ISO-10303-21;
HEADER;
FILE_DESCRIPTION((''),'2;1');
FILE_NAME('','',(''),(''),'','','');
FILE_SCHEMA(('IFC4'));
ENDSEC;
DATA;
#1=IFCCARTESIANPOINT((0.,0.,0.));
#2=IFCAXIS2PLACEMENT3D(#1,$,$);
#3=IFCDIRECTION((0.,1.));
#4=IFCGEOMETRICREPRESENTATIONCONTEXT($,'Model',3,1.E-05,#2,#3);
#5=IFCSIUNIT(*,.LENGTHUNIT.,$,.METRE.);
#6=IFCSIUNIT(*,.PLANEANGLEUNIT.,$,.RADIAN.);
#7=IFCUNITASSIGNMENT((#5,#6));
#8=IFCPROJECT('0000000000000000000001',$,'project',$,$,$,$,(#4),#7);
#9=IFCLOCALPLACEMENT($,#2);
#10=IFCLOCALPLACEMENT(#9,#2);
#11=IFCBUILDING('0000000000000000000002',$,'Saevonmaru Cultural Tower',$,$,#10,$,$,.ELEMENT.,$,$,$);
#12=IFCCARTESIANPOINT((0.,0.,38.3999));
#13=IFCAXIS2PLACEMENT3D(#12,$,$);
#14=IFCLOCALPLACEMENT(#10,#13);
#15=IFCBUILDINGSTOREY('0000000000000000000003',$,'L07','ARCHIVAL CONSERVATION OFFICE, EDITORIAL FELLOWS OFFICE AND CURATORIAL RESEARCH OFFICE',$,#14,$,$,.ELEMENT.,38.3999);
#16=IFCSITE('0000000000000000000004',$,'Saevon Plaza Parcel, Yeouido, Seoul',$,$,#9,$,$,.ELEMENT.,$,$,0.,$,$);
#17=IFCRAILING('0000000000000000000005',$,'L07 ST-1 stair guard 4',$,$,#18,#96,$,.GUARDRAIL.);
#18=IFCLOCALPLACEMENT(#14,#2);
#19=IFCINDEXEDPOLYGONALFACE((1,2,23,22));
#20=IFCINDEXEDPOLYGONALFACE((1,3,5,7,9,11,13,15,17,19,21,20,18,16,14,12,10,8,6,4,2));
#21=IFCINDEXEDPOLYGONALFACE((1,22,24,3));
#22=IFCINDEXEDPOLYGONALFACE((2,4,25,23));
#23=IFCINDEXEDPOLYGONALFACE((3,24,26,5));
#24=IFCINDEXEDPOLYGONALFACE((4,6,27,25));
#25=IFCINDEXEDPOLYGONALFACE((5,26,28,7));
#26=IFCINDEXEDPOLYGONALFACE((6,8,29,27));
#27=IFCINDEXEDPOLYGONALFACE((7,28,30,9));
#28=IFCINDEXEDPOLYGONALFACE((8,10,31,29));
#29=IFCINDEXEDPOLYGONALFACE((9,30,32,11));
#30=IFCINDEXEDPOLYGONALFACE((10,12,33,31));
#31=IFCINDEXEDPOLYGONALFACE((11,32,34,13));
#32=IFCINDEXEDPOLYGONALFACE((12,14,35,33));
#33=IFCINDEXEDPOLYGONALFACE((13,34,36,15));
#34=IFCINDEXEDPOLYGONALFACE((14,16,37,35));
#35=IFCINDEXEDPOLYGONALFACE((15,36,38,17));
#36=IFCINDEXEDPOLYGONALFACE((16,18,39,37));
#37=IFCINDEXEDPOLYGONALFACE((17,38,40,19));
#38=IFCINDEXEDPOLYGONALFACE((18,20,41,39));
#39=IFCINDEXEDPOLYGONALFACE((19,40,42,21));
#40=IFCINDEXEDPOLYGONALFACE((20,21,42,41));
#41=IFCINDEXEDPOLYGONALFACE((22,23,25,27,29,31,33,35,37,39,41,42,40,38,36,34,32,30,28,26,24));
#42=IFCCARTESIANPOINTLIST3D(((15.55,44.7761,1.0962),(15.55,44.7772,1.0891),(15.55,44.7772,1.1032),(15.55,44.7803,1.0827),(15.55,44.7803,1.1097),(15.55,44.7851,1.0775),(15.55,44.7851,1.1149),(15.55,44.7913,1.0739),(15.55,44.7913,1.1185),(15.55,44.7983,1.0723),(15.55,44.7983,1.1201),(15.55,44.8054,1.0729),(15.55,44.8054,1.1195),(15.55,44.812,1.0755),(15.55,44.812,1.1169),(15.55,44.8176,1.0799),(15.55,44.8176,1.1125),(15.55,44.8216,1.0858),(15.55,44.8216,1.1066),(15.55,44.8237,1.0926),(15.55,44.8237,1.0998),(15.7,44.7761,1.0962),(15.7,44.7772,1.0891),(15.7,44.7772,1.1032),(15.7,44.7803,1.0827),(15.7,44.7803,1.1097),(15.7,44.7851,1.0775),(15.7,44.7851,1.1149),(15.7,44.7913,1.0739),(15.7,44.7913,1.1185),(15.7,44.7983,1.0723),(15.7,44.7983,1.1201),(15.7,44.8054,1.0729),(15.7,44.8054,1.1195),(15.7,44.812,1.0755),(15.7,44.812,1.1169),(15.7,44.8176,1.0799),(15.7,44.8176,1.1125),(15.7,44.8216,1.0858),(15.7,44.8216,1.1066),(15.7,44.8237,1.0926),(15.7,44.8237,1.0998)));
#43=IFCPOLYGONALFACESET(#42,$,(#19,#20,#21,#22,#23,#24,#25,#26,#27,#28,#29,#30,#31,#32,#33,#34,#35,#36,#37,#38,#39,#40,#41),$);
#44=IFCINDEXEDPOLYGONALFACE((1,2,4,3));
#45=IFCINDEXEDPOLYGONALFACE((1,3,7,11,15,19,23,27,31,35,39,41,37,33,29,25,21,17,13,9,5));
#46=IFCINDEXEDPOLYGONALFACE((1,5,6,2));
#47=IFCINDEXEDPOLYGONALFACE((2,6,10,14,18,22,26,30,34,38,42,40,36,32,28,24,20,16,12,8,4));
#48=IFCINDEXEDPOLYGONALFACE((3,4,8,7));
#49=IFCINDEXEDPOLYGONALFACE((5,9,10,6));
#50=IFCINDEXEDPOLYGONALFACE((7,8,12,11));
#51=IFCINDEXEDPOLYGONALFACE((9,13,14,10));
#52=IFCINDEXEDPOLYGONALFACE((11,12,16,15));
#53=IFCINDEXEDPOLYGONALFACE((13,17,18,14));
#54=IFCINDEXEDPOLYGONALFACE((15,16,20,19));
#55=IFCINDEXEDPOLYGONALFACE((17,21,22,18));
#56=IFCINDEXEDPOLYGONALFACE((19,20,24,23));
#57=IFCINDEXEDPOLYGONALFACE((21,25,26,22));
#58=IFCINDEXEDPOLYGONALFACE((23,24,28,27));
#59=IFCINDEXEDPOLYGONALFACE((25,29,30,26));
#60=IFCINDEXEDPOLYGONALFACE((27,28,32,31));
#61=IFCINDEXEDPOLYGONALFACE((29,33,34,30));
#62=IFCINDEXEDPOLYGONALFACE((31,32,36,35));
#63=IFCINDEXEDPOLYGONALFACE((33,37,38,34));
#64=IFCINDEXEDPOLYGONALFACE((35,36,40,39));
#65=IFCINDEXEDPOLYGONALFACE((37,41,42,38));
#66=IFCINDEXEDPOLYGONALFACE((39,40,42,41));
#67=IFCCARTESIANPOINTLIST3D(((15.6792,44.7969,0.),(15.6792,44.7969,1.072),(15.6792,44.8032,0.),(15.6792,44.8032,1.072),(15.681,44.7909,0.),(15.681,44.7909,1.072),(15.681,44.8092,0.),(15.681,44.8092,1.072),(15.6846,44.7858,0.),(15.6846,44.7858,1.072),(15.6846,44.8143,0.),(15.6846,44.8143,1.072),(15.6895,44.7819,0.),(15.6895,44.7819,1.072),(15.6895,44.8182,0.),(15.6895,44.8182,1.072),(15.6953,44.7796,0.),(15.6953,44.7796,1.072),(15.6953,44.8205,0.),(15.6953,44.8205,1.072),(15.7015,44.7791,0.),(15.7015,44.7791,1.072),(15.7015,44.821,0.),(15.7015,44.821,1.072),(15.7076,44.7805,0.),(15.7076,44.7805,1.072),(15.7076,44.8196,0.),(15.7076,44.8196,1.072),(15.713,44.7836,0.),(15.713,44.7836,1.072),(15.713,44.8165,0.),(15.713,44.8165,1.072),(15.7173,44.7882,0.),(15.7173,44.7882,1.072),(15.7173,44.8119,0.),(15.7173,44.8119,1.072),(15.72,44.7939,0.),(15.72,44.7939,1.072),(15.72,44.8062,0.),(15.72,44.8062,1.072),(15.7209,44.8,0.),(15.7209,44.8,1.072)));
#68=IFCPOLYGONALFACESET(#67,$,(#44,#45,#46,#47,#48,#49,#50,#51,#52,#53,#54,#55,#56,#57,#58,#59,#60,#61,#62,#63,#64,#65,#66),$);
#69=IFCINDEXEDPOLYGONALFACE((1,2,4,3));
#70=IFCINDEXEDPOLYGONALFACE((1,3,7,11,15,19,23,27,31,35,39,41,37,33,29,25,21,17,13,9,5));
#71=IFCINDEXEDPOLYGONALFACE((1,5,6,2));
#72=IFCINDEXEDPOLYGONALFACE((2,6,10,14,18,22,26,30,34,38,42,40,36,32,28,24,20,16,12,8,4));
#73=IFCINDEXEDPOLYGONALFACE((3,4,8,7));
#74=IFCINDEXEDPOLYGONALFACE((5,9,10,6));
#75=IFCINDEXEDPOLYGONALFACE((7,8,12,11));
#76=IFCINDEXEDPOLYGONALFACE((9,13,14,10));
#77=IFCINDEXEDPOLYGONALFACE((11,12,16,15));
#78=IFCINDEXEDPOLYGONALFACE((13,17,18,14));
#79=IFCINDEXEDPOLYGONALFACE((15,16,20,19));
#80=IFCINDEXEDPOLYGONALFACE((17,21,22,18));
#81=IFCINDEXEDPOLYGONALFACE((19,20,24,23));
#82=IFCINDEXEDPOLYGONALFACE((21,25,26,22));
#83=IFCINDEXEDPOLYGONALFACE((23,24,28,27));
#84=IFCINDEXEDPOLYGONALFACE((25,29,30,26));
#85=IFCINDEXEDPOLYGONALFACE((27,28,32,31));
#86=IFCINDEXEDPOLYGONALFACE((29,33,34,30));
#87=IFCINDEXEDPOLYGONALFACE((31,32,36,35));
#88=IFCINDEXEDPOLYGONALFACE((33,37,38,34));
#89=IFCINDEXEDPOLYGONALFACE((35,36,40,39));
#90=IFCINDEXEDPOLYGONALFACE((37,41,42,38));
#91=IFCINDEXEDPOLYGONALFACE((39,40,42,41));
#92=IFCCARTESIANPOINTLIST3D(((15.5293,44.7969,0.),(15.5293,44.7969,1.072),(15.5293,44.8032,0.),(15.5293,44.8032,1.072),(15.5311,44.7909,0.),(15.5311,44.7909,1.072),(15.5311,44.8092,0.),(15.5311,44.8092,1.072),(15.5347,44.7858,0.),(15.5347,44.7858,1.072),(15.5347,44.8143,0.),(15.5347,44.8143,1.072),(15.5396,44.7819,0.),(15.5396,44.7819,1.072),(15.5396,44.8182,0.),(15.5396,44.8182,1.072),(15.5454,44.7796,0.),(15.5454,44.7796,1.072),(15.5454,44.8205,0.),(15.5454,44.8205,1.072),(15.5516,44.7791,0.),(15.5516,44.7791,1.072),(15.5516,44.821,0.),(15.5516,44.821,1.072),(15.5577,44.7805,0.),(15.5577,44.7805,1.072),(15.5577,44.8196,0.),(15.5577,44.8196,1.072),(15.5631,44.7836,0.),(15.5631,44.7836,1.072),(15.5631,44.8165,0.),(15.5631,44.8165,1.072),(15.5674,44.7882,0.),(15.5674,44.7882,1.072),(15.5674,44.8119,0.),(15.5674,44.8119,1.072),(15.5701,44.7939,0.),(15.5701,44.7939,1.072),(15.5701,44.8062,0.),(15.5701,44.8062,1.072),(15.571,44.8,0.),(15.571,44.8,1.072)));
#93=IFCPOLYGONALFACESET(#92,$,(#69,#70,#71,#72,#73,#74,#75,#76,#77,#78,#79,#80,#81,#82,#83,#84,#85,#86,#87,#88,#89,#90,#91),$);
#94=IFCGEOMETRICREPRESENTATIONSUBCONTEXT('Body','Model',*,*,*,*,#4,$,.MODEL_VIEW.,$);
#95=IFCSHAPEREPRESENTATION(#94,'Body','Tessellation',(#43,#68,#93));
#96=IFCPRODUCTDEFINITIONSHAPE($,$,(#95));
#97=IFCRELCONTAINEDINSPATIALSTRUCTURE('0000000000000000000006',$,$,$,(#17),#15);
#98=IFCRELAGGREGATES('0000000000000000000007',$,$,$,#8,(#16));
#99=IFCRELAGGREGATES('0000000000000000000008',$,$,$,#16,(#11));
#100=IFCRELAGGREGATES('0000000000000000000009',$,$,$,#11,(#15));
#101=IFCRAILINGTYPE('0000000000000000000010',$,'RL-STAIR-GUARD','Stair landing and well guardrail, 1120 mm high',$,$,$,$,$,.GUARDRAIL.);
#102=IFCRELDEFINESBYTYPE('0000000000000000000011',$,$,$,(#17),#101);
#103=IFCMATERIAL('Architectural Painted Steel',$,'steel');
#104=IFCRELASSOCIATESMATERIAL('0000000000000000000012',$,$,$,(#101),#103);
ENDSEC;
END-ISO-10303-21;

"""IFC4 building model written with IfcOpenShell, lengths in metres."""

from ifc_helpers import new_model, si_unit, direction, frame, origin, origin_2d, place, context, subcontext, project, spatial, circle, extrude, material, type_object, element, save


model = new_model("IFC4")

# Units and contexts
model_context = context("Model", 3, precision=1e-05, world=origin(), true_north=direction((0.0, 1.0)))
body_context = subcontext(model_context, "Body", "Model", "MODEL_VIEW")
ifc_project = project(units=[si_unit("LENGTHUNIT", "METRE"), si_unit("PLANEANGLEUNIT", "RADIAN")], contexts=[model_context])

# Site, building, storey
site_placement = place(None, origin())
site = spatial("IfcSite", under=ifc_project, at=site_placement, Name="Saevon Plaza Parcel, Yeouido, Seoul", CompositionType="ELEMENT", RefElevation=0.0)
building_placement = place(site_placement, origin())
building = spatial("IfcBuilding", under=site, at=building_placement, Name="Saevonmaru Cultural Tower", CompositionType="ELEMENT")
storey_placement = place(building_placement, frame((0.0, 0.0, 38.3999)))
storey = spatial("IfcBuildingStorey", under=building, at=storey_placement, Name="L07", Description="ARCHIVAL CONSERVATION OFFICE, EDITORIAL FELLOWS OFFICE AND CURATORIAL RESEARCH OFFICE", CompositionType="ELEMENT", Elevation=38.3999)

# Railing
ifc_material_1 = material(Name="Architectural Painted Steel", Category="steel")
railing_type_1 = type_object("IfcRailingType", Name="RL-STAIR-GUARD", Description="Stair landing and well guardrail, 1120 mm high", PredefinedType="GUARDRAIL", material=ifc_material_1)
railing_1_placement = place(storey_placement, frame((15.7, 44.8, 0.0)))
element("IfcRailing", 1, at=railing_1_placement, inside=storey, type_object=railing_type_1, Name="L07 ST-1 stair guard 4", PredefinedType="GUARDRAIL", context=body_context, shape_type="SweptSolid", body=[
    extrude(circle(Radius=0.0239, at=origin_2d()), frame((0.0, 0.0, 1.0962), z_axis=(-1.0, 0.0, 0.0), x_axis=(0.0, -1.0, 0.0)), (0.0, 0.0, 1.0), 0.1499),
    extrude(circle(Radius=0.021, at=origin_2d()), origin(), (0.0, 0.0, 1.0), 1.072),
    extrude(circle(Radius=0.021, at=origin_2d()), frame((-0.1499, 0.0, 0.0)), (0.0, 0.0, 1.0), 1.072),
])

save(model, "model.ifc")
